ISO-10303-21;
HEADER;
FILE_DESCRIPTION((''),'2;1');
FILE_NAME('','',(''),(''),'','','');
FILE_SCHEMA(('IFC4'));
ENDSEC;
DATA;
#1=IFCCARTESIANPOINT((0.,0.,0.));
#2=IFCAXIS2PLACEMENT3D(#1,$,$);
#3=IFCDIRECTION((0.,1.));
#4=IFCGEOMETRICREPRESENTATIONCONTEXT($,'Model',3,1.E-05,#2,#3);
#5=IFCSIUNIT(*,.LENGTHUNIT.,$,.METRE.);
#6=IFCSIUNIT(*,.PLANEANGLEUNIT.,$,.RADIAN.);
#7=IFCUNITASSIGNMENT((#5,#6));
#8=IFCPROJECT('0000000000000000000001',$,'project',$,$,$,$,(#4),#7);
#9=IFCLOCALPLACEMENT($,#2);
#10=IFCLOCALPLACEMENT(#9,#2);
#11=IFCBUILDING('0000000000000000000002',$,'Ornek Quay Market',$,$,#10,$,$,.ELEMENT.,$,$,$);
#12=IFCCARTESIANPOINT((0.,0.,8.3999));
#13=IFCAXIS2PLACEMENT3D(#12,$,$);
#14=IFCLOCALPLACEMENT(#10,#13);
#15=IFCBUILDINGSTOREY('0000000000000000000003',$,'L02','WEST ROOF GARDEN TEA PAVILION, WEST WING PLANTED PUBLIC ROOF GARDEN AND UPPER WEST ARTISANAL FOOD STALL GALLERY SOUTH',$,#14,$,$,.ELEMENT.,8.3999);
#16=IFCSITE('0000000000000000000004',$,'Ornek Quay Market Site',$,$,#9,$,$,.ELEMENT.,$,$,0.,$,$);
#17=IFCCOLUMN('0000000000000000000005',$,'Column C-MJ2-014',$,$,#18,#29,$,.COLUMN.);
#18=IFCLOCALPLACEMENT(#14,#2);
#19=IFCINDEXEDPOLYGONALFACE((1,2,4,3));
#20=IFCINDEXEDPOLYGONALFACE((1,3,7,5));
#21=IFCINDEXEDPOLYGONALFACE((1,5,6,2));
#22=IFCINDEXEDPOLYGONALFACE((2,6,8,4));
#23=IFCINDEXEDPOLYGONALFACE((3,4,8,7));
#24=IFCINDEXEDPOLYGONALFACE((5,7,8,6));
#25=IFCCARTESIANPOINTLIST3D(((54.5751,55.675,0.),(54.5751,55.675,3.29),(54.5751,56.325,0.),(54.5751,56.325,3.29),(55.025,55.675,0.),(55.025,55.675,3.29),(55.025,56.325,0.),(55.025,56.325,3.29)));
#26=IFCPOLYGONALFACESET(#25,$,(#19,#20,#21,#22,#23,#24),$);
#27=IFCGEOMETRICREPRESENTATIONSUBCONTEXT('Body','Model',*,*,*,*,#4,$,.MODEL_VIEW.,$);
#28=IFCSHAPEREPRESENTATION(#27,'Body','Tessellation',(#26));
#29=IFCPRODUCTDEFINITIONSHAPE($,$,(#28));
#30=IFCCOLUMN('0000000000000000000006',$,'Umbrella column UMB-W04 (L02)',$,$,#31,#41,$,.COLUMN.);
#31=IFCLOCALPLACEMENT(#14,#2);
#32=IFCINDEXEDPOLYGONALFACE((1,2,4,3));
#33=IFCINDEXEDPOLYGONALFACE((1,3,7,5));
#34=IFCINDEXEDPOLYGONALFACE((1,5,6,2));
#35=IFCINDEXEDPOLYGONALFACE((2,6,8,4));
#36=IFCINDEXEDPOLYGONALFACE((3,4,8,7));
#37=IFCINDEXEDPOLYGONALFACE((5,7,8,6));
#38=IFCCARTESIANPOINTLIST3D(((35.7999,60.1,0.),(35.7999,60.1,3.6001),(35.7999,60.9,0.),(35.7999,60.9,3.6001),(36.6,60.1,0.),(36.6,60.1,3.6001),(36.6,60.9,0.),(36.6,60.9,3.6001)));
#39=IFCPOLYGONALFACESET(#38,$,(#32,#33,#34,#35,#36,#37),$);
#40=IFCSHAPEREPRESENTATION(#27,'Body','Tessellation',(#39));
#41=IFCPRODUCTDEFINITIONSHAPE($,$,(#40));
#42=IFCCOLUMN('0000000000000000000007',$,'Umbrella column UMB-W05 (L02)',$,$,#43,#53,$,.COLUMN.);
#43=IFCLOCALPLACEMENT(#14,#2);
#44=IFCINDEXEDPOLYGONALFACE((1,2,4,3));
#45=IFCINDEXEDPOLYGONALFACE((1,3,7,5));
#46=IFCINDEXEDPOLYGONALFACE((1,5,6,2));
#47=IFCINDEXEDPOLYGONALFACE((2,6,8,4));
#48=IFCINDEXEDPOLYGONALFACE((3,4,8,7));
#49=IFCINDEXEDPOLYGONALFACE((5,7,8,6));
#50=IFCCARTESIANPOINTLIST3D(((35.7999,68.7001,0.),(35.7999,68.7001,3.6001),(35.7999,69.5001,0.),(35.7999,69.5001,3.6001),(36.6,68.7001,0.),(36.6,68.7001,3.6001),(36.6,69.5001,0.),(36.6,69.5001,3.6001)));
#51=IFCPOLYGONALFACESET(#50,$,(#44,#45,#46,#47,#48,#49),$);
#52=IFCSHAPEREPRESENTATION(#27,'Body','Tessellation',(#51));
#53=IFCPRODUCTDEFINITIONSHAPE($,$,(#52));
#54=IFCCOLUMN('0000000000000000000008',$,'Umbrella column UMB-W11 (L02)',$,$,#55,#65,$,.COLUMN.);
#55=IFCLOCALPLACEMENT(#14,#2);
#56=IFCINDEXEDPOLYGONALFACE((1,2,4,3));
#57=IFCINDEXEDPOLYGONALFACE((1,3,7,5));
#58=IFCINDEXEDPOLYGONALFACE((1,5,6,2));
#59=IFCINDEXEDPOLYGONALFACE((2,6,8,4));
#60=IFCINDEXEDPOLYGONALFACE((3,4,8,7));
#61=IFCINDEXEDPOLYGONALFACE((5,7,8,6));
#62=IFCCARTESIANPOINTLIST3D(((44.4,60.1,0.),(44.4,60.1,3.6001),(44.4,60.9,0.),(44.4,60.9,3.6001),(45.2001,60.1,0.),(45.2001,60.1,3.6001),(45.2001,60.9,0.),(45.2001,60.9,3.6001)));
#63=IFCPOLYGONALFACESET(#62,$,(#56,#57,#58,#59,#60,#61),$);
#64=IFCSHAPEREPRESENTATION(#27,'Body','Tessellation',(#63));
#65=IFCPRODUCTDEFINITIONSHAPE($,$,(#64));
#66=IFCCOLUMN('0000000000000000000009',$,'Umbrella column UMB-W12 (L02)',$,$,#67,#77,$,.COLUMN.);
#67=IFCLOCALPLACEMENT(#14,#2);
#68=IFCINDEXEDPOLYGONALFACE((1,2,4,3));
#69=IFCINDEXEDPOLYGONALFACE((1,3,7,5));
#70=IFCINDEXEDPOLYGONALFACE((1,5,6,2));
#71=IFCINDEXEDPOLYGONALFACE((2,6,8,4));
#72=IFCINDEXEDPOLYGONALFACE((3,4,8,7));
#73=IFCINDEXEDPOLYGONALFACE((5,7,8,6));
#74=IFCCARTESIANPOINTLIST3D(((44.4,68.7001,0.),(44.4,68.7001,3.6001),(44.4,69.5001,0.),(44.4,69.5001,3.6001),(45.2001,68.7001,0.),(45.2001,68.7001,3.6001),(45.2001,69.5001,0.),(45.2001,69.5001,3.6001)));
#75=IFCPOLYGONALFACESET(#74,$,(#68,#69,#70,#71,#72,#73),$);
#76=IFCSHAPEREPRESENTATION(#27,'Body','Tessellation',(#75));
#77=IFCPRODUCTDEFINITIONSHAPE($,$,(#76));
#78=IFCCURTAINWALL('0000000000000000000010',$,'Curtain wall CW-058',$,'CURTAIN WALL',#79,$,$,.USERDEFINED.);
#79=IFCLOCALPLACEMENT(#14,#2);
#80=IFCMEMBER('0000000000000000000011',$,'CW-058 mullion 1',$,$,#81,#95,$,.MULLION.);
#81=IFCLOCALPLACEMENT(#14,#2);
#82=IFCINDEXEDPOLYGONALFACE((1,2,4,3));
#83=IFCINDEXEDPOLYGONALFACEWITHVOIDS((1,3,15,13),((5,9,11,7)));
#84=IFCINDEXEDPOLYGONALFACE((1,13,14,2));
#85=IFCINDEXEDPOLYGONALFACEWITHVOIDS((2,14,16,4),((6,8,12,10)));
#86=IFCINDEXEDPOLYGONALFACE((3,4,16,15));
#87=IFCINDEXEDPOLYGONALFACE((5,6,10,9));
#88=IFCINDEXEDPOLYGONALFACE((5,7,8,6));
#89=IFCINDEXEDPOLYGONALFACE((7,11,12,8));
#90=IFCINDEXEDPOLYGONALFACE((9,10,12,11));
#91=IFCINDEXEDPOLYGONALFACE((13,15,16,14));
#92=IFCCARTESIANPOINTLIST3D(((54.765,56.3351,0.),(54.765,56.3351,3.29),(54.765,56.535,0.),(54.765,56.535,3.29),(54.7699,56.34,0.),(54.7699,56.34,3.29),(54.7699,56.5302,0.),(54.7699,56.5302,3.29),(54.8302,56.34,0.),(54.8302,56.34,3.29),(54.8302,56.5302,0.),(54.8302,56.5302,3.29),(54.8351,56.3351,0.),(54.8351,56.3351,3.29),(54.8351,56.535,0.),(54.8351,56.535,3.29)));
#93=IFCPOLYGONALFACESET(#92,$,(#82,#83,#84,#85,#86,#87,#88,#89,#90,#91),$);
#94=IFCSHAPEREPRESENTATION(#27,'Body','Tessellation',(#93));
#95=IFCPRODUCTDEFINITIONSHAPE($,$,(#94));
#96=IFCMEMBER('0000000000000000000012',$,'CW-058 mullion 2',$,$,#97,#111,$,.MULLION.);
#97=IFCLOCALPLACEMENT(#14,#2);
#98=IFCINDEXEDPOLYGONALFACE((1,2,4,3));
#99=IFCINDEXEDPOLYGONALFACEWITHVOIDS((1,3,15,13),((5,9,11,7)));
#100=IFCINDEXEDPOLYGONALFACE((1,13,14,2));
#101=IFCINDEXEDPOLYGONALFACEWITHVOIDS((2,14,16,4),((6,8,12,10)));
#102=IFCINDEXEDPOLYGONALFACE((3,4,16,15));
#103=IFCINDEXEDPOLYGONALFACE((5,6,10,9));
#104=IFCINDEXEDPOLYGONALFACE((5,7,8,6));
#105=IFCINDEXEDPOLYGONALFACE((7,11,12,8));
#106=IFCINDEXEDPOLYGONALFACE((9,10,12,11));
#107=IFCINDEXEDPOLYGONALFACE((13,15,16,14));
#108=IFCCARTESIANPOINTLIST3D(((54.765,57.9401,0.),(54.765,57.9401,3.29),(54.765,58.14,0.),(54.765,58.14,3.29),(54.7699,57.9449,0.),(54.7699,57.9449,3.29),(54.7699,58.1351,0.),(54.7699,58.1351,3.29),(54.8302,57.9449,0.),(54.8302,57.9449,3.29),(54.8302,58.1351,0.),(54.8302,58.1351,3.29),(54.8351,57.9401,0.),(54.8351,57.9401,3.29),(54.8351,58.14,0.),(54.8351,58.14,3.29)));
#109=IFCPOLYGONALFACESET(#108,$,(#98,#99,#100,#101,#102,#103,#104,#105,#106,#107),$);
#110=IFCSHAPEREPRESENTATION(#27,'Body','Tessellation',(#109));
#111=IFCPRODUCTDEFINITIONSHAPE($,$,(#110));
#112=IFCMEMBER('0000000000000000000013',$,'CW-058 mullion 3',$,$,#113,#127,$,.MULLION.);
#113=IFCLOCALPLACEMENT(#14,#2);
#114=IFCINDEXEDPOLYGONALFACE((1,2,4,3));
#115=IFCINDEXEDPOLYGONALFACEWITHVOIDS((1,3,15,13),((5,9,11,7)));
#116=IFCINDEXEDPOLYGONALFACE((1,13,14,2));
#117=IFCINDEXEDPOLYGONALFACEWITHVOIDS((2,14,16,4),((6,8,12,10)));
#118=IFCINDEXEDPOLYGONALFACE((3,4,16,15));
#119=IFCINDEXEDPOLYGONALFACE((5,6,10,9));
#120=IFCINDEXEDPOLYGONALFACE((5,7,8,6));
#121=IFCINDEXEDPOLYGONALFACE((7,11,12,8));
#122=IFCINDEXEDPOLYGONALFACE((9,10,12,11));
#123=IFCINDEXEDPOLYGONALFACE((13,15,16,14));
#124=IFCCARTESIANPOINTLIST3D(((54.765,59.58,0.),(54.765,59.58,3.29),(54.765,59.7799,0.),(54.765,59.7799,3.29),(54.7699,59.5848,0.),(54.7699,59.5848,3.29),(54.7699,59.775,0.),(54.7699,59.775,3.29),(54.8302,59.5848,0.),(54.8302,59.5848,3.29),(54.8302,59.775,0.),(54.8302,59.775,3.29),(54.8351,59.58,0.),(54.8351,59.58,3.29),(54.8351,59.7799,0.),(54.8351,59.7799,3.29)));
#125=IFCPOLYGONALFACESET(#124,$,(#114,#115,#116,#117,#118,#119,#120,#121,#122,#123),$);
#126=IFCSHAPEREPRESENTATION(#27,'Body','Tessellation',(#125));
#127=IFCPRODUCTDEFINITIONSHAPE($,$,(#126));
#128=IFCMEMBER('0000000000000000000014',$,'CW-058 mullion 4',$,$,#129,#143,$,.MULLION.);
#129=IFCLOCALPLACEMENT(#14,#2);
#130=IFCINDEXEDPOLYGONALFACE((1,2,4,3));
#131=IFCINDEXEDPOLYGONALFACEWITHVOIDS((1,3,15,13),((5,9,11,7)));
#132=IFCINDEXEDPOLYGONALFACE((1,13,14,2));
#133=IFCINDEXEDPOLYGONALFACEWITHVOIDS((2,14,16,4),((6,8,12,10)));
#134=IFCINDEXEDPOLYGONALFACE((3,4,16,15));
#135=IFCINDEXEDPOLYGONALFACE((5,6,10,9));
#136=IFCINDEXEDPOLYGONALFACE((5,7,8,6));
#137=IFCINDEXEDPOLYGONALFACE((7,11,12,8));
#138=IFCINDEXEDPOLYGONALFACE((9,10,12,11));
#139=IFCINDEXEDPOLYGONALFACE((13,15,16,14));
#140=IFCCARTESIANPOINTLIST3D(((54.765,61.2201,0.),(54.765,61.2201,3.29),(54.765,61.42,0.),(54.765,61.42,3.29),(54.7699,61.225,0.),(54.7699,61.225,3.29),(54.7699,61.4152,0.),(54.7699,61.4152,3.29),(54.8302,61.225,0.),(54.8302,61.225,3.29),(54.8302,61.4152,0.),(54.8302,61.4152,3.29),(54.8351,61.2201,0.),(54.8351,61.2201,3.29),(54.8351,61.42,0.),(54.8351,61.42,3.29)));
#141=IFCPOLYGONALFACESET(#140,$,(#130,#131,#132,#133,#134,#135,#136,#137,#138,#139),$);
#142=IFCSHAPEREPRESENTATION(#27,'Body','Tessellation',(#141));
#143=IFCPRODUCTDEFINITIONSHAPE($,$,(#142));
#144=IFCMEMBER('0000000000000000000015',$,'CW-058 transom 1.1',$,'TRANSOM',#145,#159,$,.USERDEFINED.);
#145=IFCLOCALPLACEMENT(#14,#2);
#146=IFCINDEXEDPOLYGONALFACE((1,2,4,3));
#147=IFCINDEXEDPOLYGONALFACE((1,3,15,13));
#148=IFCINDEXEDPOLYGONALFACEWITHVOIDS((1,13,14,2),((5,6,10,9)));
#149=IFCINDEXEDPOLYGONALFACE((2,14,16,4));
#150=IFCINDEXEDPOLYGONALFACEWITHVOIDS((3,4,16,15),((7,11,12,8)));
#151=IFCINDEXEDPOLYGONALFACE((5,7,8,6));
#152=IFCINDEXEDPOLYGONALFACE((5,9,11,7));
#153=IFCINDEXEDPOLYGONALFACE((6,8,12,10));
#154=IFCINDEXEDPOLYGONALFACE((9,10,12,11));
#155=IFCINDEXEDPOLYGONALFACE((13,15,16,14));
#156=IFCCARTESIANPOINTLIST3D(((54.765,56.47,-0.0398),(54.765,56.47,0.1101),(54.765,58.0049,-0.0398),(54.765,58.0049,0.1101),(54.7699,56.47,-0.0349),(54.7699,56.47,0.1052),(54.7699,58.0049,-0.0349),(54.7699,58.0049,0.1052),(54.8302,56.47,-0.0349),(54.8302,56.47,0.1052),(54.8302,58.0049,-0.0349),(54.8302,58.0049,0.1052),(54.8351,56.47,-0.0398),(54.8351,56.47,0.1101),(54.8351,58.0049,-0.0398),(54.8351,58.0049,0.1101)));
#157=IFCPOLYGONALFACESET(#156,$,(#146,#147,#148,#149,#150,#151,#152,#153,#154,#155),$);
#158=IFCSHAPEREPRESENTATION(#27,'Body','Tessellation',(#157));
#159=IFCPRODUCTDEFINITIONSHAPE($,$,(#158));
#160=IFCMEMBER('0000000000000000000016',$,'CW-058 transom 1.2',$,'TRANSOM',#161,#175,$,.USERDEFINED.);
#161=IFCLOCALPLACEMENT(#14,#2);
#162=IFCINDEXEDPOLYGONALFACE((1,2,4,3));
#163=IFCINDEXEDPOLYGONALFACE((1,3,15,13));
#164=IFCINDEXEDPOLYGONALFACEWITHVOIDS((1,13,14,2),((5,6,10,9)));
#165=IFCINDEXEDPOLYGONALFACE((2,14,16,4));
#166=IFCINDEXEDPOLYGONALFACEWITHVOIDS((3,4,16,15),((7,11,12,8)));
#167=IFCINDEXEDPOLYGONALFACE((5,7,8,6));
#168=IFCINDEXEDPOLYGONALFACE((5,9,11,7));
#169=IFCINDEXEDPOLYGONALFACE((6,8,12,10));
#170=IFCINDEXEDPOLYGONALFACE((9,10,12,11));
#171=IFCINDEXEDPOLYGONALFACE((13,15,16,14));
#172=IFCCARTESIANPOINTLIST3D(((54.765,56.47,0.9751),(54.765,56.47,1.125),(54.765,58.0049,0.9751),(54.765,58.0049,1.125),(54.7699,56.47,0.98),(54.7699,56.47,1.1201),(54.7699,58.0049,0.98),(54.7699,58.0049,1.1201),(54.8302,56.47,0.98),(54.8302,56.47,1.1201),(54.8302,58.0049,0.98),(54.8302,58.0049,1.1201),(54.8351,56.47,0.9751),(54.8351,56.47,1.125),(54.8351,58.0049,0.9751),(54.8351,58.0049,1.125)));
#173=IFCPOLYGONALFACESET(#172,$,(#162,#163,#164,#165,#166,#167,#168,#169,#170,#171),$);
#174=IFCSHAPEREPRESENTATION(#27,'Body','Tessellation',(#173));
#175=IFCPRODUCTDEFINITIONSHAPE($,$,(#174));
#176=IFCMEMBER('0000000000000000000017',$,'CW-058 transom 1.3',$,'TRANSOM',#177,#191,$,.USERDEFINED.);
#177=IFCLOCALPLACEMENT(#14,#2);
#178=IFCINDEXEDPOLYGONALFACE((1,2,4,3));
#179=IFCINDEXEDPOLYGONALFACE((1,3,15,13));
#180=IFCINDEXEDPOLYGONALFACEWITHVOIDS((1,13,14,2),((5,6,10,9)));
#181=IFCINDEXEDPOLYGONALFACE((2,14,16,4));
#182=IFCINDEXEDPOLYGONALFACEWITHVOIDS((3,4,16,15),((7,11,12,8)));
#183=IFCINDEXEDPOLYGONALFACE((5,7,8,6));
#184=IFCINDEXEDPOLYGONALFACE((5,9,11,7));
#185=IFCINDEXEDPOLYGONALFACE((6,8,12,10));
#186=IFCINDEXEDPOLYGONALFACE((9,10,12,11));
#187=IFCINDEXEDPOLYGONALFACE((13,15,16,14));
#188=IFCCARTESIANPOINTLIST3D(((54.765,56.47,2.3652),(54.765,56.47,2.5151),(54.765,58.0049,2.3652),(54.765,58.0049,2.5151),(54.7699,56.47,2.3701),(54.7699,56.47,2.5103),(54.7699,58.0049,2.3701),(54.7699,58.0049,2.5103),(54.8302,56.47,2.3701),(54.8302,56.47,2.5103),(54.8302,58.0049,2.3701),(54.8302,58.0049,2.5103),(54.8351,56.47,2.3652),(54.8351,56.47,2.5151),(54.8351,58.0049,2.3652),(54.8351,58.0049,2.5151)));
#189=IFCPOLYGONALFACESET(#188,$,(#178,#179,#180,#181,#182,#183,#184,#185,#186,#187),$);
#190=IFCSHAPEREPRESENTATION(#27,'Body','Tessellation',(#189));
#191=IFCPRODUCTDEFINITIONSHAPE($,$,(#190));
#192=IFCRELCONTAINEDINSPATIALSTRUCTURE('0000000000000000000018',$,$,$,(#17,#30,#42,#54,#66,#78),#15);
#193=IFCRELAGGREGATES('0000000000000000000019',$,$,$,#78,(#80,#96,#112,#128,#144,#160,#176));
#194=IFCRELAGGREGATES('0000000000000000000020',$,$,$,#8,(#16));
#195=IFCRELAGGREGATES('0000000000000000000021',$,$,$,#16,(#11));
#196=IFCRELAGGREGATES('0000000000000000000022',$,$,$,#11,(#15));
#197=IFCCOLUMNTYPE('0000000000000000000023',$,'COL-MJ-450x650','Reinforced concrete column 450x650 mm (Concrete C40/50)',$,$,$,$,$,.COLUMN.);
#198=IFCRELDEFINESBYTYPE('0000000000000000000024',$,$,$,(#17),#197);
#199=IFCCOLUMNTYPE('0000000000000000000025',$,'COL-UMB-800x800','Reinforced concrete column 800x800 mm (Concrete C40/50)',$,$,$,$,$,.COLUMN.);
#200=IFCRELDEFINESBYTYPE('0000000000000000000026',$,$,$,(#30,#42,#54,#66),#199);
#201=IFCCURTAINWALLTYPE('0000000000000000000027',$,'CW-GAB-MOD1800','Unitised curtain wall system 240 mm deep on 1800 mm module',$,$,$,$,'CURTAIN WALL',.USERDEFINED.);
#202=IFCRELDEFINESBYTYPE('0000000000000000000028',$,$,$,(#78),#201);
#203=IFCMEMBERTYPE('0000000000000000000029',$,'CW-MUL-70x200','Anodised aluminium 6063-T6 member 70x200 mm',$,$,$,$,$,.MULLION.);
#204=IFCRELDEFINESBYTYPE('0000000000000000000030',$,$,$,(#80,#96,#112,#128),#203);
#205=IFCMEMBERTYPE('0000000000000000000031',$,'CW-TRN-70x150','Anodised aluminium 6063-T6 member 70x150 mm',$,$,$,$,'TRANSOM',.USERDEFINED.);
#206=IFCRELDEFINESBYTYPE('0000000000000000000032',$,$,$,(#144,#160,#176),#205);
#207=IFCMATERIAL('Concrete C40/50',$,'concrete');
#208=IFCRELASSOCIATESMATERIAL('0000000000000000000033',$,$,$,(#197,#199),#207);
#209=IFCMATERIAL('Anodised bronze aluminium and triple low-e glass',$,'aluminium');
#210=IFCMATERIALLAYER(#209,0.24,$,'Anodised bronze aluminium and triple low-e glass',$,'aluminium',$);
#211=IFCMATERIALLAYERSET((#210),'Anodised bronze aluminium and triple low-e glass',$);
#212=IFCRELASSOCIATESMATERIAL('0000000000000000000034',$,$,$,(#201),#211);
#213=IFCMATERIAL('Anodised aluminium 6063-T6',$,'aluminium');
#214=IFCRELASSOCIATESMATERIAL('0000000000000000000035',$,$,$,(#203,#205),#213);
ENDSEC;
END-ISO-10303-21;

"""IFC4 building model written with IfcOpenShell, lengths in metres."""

from ifc_helpers import new_model, si_unit, direction, frame, origin, origin_2d, place, context, subcontext, project, spatial, rectangle, hollow_rectangle, extrude, material, layer, layer_set, material_profile, profile_set, type_object, element, aggregate, save


model = new_model("IFC4")

# Units and contexts
model_context = context("Model", 3, precision=1e-05, world=origin(), true_north=direction((0.0, 1.0)))
body_context = subcontext(model_context, "Body", "Model", "MODEL_VIEW")
ifc_project = project(units=[si_unit("LENGTHUNIT", "METRE"), si_unit("PLANEANGLEUNIT", "RADIAN")], contexts=[model_context])

# Site, building, storey
site_placement = place(None, origin())
site = spatial("IfcSite", under=ifc_project, at=site_placement, Name="Ornek Quay Market Site", CompositionType="ELEMENT", RefElevation=0.0)
building_placement = place(site_placement, origin())
building = spatial("IfcBuilding", under=site, at=building_placement, Name="Ornek Quay Market", CompositionType="ELEMENT")
storey_placement = place(building_placement, frame((0.0, 0.0, 8.3999)))
storey = spatial("IfcBuildingStorey", under=building, at=storey_placement, Name="L02", Description="WEST ROOF GARDEN TEA PAVILION, WEST WING PLANTED PUBLIC ROOF GARDEN AND UPPER WEST ARTISANAL FOOD STALL GALLERY SOUTH", CompositionType="ELEMENT", Elevation=8.3999)

# Columns
ifc_material_1 = material(Name="Concrete C40/50", Category="concrete")
ifc_material_profile_1 = material_profile(ifc_material_1, rectangle(XDim=0.45, YDim=0.6499, at=origin_2d()), Name="RC 450x650", Category="concrete")
ifc_profile_set_1 = profile_set([ifc_material_profile_1], Name="Concrete C40/50")
column_type_1 = type_object("IfcColumnType", Name="COL-MJ-450x650", Description="Reinforced concrete column 450x650 mm (Concrete C40/50)", PredefinedType="COLUMN", material=ifc_profile_set_1)
column_placement = place(storey_placement, frame((54.8, 56.0, 0.0), z_axis=(0.0, 0.0, 1.0), x_axis=(1.0, 0.0, 0.0)))
element("IfcColumn", 1, at=column_placement, inside=storey, type_object=column_type_1, Name="Column C-MJ2-014", PredefinedType="COLUMN", context=body_context, shape_type="SweptSolid", body=[
    extrude(rectangle(XDim=0.45, YDim=0.6499, at=origin_2d()), origin(), (0.0, 0.0, 1.0), 3.29),
])
ifc_material_profile_2 = material_profile(ifc_material_1, rectangle(XDim=0.8, YDim=0.8, at=origin_2d()), Name="RC 800x800", Category="concrete")
ifc_profile_set_2 = profile_set([ifc_material_profile_2], Name="Concrete C40/50")
column_type_2 = type_object("IfcColumnType", Name="COL-UMB-800x800", Description="Reinforced concrete column 800x800 mm (Concrete C40/50)", PredefinedType="COLUMN", material=ifc_profile_set_2)
for number, where, z_axis, x_axis, name in (
    (2, (36.2, 60.5, 0.0), (0.0, 0.0, 1.0), (1.0, 0.0, 0.0), "Umbrella column UMB-W04 (L02)"),
    (3, (36.2, 69.1001, 0.0), (0.0, 0.0, 1.0), (1.0, 0.0, 0.0), "Umbrella column UMB-W05 (L02)"),
    (4, (44.8, 60.5, 0.0), (0.0, 0.0, 1.0), (1.0, 0.0, 0.0), "Umbrella column UMB-W11 (L02)"),
    (5, (44.8, 69.1001, 0.0), (0.0, 0.0, 1.0), (1.0, 0.0, 0.0), "Umbrella column UMB-W12 (L02)"),
):
    element("IfcColumn", number, at=place(storey_placement, frame(where, z_axis=z_axis, x_axis=x_axis)), inside=storey, type_object=column_type_2, Name=name, PredefinedType="COLUMN", context=body_context, shape_type="SweptSolid", body=[
        extrude(rectangle(XDim=0.8, YDim=0.8, at=origin_2d()), origin(), (0.0, 0.0, 1.0), 3.6001),
    ])

# Curtain wall, members
ifc_material_2 = material(Name="Anodised bronze aluminium and triple low-e glass", Category="aluminium")
ifc_layer_1 = layer(ifc_material_2, 0.24, Name="Anodised bronze aluminium and triple low-e glass", Category="aluminium")
ifc_layer_set_1 = layer_set([ifc_layer_1], Name="Anodised bronze aluminium and triple low-e glass")
curtain_wall_type = type_object("IfcCurtainWallType", Name="CW-GAB-MOD1800", Description="Unitised curtain wall system 240 mm deep on 1800 mm module", ElementType="CURTAIN WALL", PredefinedType="USERDEFINED", material=ifc_layer_set_1)
curtain_wall_placement = place(storey_placement, origin())
curtain_wall = element("IfcCurtainWall", 6, at=curtain_wall_placement, inside=storey, type_object=curtain_wall_type, Name="Curtain wall CW-058", ObjectType="CURTAIN WALL", PredefinedType="USERDEFINED")
ifc_material_3 = material(Name="Anodised aluminium 6063-T6", Category="aluminium")
ifc_material_profile_3 = material_profile(ifc_material_3, hollow_rectangle(XDim=0.0701, YDim=0.2, WallThickness=0.0049, at=origin_2d()), Name="CW-MUL-70x200", Category="aluminium")
ifc_profile_set_3 = profile_set([ifc_material_profile_3], Name="Anodised aluminium 6063-T6")
member_type_1 = type_object("IfcMemberType", Name="CW-MUL-70x200", Description="Anodised aluminium 6063-T6 member 70x200 mm", PredefinedType="MULLION", material=ifc_profile_set_3)
member_1_placement = place(storey_placement, frame((54.8, 56.4351, 0.0), z_axis=(0.0, 0.0, 1.0), x_axis=(-1.0, 0.0, 0.0)))
member_1 = element("IfcMember", 7, at=member_1_placement, type_object=member_type_1, Name="CW-058 mullion 1", PredefinedType="MULLION", context=body_context, shape_type="SweptSolid", body=[
    extrude(hollow_rectangle(XDim=0.0701, YDim=0.2, WallThickness=0.0049, at=origin_2d()), origin(), (0.0, 0.0, 1.0), 3.29),
])
member_2_placement = place(storey_placement, frame((54.8, 58.04, 0.0), z_axis=(0.0, 0.0, 1.0), x_axis=(-1.0, 0.0, 0.0)))
member_2 = element("IfcMember", 8, at=member_2_placement, type_object=member_type_1, Name="CW-058 mullion 2", PredefinedType="MULLION", context=body_context, shape_type="SweptSolid", body=[
    extrude(hollow_rectangle(XDim=0.0701, YDim=0.2, WallThickness=0.0049, at=origin_2d()), origin(), (0.0, 0.0, 1.0), 3.29),
])
member_3_placement = place(storey_placement, frame((54.8, 59.6799, 0.0), z_axis=(0.0, 0.0, 1.0), x_axis=(-1.0, 0.0, 0.0)))
member_3 = element("IfcMember", 9, at=member_3_placement, type_object=member_type_1, Name="CW-058 mullion 3", PredefinedType="MULLION", context=body_context, shape_type="SweptSolid", body=[
    extrude(hollow_rectangle(XDim=0.0701, YDim=0.2, WallThickness=0.0049, at=origin_2d()), origin(), (0.0, 0.0, 1.0), 3.29),
])
member_4_placement = place(storey_placement, frame((54.8, 61.3201, 0.0), z_axis=(0.0, 0.0, 1.0), x_axis=(-1.0, 0.0, 0.0)))
member_4 = element("IfcMember", 10, at=member_4_placement, type_object=member_type_1, Name="CW-058 mullion 4", PredefinedType="MULLION", context=body_context, shape_type="SweptSolid", body=[
    extrude(hollow_rectangle(XDim=0.0701, YDim=0.2, WallThickness=0.0049, at=origin_2d()), origin(), (0.0, 0.0, 1.0), 3.29),
])
ifc_material_profile_4 = material_profile(ifc_material_3, hollow_rectangle(XDim=0.0701, YDim=0.1499, WallThickness=0.0049, at=origin_2d()), Name="CW-TRN-70x150", Category="aluminium")
ifc_profile_set_4 = profile_set([ifc_material_profile_4], Name="Anodised aluminium 6063-T6")
member_type_2 = type_object("IfcMemberType", Name="CW-TRN-70x150", Description="Anodised aluminium 6063-T6 member 70x150 mm", ElementType="TRANSOM", PredefinedType="USERDEFINED", material=ifc_profile_set_4)
member_5_placement = place(storey_placement, frame((54.8, 56.47, 0.0352), z_axis=(0.0, 1.0, 0.0), x_axis=(-1.0, 0.0, 0.0)))
member_5 = element("IfcMember", 11, at=member_5_placement, type_object=member_type_2, Name="CW-058 transom 1.1", ObjectType="TRANSOM", PredefinedType="USERDEFINED", context=body_context, shape_type="SweptSolid", body=[
    extrude(hollow_rectangle(XDim=0.0701, YDim=0.1499, WallThickness=0.0049, at=origin_2d()), origin(), (0.0, 0.0, 1.0), 1.5349),
])
member_6_placement = place(storey_placement, frame((54.8, 56.47, 1.05), z_axis=(0.0, 1.0, 0.0), x_axis=(-1.0, 0.0, 0.0)))
member_6 = element("IfcMember", 12, at=member_6_placement, type_object=member_type_2, Name="CW-058 transom 1.2", ObjectType="TRANSOM", PredefinedType="USERDEFINED", context=body_context, shape_type="SweptSolid", body=[
    extrude(hollow_rectangle(XDim=0.0701, YDim=0.1499, WallThickness=0.0049, at=origin_2d()), origin(), (0.0, 0.0, 1.0), 1.5349),
])
member_7_placement = place(storey_placement, frame((54.8, 56.47, 2.4402), z_axis=(0.0, 1.0, 0.0), x_axis=(-1.0, 0.0, 0.0)))
member_7 = element("IfcMember", 13, at=member_7_placement, type_object=member_type_2, Name="CW-058 transom 1.3", ObjectType="TRANSOM", PredefinedType="USERDEFINED", context=body_context, shape_type="SweptSolid", body=[
    extrude(hollow_rectangle(XDim=0.0701, YDim=0.1499, WallThickness=0.0049, at=origin_2d()), origin(), (0.0, 0.0, 1.0), 1.5349),
])
aggregate(curtain_wall, [member_1, member_2, member_3, member_4, member_5, member_6, member_7])

save(model, "model.ifc")
